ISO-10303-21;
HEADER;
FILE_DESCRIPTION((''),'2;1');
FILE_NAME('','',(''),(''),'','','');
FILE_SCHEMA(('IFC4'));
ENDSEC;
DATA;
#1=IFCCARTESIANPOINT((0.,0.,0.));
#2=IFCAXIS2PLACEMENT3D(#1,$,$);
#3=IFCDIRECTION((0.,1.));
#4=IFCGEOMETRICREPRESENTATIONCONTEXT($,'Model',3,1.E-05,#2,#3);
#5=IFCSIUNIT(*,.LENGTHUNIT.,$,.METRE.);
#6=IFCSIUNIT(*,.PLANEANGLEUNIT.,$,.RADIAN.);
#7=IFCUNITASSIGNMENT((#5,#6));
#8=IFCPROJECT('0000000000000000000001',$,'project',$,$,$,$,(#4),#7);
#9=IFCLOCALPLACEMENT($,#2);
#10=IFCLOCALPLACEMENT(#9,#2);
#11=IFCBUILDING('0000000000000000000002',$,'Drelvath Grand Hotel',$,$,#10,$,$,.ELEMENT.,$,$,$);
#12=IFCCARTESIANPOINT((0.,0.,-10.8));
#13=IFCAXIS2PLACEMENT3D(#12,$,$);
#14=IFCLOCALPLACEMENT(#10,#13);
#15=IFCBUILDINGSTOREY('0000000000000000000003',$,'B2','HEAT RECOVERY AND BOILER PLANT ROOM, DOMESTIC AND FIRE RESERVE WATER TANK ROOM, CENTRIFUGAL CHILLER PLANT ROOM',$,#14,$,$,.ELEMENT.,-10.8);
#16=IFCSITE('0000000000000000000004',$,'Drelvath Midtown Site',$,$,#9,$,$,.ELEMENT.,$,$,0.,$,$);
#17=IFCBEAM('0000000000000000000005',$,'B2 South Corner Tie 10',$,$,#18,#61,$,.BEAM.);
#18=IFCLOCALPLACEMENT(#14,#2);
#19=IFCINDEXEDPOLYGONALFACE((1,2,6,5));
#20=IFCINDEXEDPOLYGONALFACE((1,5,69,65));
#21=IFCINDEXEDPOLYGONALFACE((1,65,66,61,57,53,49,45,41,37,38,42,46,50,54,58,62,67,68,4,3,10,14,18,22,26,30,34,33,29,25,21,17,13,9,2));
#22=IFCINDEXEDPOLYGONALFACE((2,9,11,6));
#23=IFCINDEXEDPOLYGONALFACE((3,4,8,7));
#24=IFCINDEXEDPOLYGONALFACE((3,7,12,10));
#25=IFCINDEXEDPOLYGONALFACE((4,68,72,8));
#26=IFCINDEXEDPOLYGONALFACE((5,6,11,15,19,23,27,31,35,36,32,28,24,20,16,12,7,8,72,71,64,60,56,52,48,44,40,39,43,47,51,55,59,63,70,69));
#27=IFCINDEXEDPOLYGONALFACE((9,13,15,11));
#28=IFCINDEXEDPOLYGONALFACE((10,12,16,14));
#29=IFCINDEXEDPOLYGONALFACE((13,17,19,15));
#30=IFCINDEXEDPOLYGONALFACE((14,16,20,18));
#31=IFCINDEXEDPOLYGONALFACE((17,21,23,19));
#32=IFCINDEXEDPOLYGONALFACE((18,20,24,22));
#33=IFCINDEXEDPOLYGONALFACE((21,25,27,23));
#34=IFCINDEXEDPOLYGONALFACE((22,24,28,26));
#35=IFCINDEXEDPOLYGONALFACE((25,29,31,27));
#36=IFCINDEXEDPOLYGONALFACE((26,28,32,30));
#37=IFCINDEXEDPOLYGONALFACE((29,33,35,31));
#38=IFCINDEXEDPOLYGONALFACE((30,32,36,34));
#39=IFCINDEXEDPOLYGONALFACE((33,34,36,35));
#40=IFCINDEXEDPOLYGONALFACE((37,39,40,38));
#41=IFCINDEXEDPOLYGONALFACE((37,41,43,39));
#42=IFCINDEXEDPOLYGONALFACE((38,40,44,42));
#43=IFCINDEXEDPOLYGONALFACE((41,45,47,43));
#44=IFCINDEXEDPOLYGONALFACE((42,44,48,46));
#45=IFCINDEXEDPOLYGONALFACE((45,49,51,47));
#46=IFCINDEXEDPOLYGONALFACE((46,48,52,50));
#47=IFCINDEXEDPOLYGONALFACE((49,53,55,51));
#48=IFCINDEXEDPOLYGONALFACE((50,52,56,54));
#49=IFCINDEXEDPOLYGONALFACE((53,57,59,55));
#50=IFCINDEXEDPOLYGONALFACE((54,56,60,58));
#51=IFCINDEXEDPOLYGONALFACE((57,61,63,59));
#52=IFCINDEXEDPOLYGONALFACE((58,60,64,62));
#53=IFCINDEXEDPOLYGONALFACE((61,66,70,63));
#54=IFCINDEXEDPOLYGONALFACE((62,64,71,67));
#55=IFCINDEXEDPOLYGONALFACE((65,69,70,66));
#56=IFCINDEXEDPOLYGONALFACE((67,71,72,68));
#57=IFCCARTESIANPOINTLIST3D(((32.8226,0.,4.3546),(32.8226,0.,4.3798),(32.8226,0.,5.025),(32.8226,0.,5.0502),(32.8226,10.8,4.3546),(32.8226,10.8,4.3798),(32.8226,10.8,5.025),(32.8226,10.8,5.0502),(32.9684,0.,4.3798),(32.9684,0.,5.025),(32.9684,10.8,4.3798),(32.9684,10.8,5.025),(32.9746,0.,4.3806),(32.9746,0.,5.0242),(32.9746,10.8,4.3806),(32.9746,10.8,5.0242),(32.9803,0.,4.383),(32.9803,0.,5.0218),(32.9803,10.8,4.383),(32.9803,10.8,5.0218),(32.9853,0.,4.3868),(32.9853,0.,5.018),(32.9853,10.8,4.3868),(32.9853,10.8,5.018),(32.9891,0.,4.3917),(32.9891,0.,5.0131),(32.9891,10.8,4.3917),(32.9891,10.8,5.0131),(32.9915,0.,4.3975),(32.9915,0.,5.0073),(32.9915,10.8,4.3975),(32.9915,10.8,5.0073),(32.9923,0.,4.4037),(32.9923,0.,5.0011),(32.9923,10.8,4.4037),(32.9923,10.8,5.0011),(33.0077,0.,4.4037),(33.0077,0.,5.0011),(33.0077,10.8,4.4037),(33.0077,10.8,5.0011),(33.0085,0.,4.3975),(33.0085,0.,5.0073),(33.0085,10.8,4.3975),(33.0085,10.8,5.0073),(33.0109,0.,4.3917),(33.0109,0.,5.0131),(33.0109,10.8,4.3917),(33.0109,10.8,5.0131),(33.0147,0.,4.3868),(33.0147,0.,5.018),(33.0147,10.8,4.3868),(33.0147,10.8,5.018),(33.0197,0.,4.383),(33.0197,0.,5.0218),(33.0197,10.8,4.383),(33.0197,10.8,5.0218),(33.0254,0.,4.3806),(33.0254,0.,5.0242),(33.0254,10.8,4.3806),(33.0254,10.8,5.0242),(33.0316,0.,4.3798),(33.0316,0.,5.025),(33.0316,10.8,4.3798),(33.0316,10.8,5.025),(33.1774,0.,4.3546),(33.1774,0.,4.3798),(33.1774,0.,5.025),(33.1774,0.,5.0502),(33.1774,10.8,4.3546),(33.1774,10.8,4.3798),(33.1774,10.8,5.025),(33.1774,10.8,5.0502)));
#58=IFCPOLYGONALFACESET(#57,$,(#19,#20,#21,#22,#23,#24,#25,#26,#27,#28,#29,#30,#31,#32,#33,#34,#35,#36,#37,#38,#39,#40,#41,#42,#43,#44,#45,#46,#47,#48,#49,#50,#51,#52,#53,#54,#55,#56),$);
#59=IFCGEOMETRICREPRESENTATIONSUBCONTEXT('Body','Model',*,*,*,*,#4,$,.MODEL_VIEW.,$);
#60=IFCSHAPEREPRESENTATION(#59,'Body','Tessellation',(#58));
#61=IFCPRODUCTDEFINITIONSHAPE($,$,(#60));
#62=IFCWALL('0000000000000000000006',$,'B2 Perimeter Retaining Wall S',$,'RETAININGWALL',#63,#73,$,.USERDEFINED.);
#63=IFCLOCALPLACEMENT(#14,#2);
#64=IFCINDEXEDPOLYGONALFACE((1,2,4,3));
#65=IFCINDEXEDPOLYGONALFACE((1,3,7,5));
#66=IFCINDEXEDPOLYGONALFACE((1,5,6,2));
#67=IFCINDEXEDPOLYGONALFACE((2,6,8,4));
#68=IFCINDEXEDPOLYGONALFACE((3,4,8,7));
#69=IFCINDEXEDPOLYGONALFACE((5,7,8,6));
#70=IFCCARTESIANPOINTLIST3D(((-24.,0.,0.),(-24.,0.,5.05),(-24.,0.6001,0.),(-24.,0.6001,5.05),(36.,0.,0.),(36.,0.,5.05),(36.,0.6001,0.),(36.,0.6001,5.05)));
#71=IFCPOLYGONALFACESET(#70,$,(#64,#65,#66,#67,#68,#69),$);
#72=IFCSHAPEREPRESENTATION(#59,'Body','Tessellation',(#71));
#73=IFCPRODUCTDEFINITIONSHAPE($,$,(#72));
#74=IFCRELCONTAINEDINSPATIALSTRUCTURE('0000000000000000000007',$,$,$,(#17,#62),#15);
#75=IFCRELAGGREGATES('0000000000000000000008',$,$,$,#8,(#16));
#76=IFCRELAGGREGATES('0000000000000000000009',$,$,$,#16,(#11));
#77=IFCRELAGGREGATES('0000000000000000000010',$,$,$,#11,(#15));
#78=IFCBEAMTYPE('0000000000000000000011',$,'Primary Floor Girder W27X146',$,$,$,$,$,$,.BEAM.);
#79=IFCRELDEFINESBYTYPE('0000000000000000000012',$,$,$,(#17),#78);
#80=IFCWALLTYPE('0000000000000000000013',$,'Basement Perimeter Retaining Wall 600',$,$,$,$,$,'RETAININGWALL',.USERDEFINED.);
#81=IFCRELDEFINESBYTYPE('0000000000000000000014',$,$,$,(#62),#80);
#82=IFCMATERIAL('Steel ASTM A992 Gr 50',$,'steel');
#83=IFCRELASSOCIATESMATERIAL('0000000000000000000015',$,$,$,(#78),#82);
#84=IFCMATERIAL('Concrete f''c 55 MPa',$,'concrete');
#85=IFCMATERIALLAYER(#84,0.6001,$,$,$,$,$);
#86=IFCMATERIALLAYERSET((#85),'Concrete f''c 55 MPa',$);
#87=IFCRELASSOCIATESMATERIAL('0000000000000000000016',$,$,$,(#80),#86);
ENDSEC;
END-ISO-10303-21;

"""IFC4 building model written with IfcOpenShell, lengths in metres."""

from ifc_helpers import new_model, si_unit, direction, frame, frame_2d, origin, origin_2d, place, context, subcontext, project, spatial, rectangle, i_section, extrude, material, layer, layer_set, material_profile, profile_set, type_object, element, save


model = new_model("IFC4")

# Units and contexts
model_context = context("Model", 3, precision=1e-05, world=origin(), true_north=direction((0.0, 1.0)))
body_context = subcontext(model_context, "Body", "Model", "MODEL_VIEW")
ifc_project = project(units=[si_unit("LENGTHUNIT", "METRE"), si_unit("PLANEANGLEUNIT", "RADIAN")], contexts=[model_context])

# Site, building, storey
site_placement = place(None, origin())
site = spatial("IfcSite", under=ifc_project, at=site_placement, Name="Drelvath Midtown Site", CompositionType="ELEMENT", RefElevation=0.0)
building_placement = place(site_placement, origin())
building = spatial("IfcBuilding", under=site, at=building_placement, Name="Drelvath Grand Hotel", CompositionType="ELEMENT")
storey_placement = place(building_placement, frame((0.0, 0.0, -10.8)))
storey = spatial("IfcBuildingStorey", under=building, at=storey_placement, Name="B2", Description="HEAT RECOVERY AND BOILER PLANT ROOM, DOMESTIC AND FIRE RESERVE WATER TANK ROOM, CENTRIFUGAL CHILLER PLANT ROOM", CompositionType="ELEMENT", Elevation=-10.8)

# Shared definitions
ifc_material_1 = material(Name="Concrete f'c 55 MPa", Category="concrete")

# Beam
ifc_material_2 = material(Name="Steel ASTM A992 Gr 50", Category="steel")
ifc_material_profile_1 = material_profile(ifc_material_2, i_section(OverallWidth=0.3547, OverallDepth=0.6956, WebThickness=0.0154, FlangeThickness=0.0251, FilletRadius=0.0239, at=origin_2d()), Name="W27X146")
ifc_profile_set_1 = profile_set([ifc_material_profile_1], Name="Steel ASTM A992 Gr 50")
beam_type_1 = type_object("IfcBeamType", Name="Primary Floor Girder W27X146", PredefinedType="BEAM", material=ifc_profile_set_1)
for number, where, z_axis, x_axis, name in (
    (1, (33.0, 0.0, 4.7024), (0.0, 1.0, 0.0), (-1.0, 0.0, 0.0), "B2 South Corner Tie 10"),
):
    element("IfcBeam", number, at=place(storey_placement, frame(where, z_axis=z_axis, x_axis=x_axis)), inside=storey, type_object=beam_type_1, Name=name, PredefinedType="BEAM", context=body_context, shape_type="SweptSolid", body=[
        extrude(i_section(OverallWidth=0.3547, OverallDepth=0.6956, WebThickness=0.0154, FlangeThickness=0.0251, FilletRadius=0.0239, at=origin_2d()), origin(), (0.0, 0.0, 1.0), 10.8),
    ])

# Wall
ifc_layer = layer(ifc_material_1, 0.6001)
ifc_layer_set = layer_set([ifc_layer], Name="Concrete f'c 55 MPa")
wall_type = type_object("IfcWallType", Name="Basement Perimeter Retaining Wall 600", ElementType="RETAININGWALL", PredefinedType="USERDEFINED", material=ifc_layer_set)
wall_placement = place(storey_placement, frame((36.0, 0.3, 0.0), z_axis=(0.0, 0.0, 1.0), x_axis=(-1.0, 0.0, 0.0)))
element("IfcWall", 2, at=wall_placement, inside=storey, type_object=wall_type, Name="B2 Perimeter Retaining Wall S", ObjectType="RETAININGWALL", PredefinedType="USERDEFINED", context=body_context, shape_type="SweptSolid", body=[
    extrude(rectangle(XDim=60.0, YDim=0.6001, at=frame_2d((30.0, 0.0))), origin(), (0.0, 0.0, 1.0), 5.05),
])

save(model, "model.ifc")
